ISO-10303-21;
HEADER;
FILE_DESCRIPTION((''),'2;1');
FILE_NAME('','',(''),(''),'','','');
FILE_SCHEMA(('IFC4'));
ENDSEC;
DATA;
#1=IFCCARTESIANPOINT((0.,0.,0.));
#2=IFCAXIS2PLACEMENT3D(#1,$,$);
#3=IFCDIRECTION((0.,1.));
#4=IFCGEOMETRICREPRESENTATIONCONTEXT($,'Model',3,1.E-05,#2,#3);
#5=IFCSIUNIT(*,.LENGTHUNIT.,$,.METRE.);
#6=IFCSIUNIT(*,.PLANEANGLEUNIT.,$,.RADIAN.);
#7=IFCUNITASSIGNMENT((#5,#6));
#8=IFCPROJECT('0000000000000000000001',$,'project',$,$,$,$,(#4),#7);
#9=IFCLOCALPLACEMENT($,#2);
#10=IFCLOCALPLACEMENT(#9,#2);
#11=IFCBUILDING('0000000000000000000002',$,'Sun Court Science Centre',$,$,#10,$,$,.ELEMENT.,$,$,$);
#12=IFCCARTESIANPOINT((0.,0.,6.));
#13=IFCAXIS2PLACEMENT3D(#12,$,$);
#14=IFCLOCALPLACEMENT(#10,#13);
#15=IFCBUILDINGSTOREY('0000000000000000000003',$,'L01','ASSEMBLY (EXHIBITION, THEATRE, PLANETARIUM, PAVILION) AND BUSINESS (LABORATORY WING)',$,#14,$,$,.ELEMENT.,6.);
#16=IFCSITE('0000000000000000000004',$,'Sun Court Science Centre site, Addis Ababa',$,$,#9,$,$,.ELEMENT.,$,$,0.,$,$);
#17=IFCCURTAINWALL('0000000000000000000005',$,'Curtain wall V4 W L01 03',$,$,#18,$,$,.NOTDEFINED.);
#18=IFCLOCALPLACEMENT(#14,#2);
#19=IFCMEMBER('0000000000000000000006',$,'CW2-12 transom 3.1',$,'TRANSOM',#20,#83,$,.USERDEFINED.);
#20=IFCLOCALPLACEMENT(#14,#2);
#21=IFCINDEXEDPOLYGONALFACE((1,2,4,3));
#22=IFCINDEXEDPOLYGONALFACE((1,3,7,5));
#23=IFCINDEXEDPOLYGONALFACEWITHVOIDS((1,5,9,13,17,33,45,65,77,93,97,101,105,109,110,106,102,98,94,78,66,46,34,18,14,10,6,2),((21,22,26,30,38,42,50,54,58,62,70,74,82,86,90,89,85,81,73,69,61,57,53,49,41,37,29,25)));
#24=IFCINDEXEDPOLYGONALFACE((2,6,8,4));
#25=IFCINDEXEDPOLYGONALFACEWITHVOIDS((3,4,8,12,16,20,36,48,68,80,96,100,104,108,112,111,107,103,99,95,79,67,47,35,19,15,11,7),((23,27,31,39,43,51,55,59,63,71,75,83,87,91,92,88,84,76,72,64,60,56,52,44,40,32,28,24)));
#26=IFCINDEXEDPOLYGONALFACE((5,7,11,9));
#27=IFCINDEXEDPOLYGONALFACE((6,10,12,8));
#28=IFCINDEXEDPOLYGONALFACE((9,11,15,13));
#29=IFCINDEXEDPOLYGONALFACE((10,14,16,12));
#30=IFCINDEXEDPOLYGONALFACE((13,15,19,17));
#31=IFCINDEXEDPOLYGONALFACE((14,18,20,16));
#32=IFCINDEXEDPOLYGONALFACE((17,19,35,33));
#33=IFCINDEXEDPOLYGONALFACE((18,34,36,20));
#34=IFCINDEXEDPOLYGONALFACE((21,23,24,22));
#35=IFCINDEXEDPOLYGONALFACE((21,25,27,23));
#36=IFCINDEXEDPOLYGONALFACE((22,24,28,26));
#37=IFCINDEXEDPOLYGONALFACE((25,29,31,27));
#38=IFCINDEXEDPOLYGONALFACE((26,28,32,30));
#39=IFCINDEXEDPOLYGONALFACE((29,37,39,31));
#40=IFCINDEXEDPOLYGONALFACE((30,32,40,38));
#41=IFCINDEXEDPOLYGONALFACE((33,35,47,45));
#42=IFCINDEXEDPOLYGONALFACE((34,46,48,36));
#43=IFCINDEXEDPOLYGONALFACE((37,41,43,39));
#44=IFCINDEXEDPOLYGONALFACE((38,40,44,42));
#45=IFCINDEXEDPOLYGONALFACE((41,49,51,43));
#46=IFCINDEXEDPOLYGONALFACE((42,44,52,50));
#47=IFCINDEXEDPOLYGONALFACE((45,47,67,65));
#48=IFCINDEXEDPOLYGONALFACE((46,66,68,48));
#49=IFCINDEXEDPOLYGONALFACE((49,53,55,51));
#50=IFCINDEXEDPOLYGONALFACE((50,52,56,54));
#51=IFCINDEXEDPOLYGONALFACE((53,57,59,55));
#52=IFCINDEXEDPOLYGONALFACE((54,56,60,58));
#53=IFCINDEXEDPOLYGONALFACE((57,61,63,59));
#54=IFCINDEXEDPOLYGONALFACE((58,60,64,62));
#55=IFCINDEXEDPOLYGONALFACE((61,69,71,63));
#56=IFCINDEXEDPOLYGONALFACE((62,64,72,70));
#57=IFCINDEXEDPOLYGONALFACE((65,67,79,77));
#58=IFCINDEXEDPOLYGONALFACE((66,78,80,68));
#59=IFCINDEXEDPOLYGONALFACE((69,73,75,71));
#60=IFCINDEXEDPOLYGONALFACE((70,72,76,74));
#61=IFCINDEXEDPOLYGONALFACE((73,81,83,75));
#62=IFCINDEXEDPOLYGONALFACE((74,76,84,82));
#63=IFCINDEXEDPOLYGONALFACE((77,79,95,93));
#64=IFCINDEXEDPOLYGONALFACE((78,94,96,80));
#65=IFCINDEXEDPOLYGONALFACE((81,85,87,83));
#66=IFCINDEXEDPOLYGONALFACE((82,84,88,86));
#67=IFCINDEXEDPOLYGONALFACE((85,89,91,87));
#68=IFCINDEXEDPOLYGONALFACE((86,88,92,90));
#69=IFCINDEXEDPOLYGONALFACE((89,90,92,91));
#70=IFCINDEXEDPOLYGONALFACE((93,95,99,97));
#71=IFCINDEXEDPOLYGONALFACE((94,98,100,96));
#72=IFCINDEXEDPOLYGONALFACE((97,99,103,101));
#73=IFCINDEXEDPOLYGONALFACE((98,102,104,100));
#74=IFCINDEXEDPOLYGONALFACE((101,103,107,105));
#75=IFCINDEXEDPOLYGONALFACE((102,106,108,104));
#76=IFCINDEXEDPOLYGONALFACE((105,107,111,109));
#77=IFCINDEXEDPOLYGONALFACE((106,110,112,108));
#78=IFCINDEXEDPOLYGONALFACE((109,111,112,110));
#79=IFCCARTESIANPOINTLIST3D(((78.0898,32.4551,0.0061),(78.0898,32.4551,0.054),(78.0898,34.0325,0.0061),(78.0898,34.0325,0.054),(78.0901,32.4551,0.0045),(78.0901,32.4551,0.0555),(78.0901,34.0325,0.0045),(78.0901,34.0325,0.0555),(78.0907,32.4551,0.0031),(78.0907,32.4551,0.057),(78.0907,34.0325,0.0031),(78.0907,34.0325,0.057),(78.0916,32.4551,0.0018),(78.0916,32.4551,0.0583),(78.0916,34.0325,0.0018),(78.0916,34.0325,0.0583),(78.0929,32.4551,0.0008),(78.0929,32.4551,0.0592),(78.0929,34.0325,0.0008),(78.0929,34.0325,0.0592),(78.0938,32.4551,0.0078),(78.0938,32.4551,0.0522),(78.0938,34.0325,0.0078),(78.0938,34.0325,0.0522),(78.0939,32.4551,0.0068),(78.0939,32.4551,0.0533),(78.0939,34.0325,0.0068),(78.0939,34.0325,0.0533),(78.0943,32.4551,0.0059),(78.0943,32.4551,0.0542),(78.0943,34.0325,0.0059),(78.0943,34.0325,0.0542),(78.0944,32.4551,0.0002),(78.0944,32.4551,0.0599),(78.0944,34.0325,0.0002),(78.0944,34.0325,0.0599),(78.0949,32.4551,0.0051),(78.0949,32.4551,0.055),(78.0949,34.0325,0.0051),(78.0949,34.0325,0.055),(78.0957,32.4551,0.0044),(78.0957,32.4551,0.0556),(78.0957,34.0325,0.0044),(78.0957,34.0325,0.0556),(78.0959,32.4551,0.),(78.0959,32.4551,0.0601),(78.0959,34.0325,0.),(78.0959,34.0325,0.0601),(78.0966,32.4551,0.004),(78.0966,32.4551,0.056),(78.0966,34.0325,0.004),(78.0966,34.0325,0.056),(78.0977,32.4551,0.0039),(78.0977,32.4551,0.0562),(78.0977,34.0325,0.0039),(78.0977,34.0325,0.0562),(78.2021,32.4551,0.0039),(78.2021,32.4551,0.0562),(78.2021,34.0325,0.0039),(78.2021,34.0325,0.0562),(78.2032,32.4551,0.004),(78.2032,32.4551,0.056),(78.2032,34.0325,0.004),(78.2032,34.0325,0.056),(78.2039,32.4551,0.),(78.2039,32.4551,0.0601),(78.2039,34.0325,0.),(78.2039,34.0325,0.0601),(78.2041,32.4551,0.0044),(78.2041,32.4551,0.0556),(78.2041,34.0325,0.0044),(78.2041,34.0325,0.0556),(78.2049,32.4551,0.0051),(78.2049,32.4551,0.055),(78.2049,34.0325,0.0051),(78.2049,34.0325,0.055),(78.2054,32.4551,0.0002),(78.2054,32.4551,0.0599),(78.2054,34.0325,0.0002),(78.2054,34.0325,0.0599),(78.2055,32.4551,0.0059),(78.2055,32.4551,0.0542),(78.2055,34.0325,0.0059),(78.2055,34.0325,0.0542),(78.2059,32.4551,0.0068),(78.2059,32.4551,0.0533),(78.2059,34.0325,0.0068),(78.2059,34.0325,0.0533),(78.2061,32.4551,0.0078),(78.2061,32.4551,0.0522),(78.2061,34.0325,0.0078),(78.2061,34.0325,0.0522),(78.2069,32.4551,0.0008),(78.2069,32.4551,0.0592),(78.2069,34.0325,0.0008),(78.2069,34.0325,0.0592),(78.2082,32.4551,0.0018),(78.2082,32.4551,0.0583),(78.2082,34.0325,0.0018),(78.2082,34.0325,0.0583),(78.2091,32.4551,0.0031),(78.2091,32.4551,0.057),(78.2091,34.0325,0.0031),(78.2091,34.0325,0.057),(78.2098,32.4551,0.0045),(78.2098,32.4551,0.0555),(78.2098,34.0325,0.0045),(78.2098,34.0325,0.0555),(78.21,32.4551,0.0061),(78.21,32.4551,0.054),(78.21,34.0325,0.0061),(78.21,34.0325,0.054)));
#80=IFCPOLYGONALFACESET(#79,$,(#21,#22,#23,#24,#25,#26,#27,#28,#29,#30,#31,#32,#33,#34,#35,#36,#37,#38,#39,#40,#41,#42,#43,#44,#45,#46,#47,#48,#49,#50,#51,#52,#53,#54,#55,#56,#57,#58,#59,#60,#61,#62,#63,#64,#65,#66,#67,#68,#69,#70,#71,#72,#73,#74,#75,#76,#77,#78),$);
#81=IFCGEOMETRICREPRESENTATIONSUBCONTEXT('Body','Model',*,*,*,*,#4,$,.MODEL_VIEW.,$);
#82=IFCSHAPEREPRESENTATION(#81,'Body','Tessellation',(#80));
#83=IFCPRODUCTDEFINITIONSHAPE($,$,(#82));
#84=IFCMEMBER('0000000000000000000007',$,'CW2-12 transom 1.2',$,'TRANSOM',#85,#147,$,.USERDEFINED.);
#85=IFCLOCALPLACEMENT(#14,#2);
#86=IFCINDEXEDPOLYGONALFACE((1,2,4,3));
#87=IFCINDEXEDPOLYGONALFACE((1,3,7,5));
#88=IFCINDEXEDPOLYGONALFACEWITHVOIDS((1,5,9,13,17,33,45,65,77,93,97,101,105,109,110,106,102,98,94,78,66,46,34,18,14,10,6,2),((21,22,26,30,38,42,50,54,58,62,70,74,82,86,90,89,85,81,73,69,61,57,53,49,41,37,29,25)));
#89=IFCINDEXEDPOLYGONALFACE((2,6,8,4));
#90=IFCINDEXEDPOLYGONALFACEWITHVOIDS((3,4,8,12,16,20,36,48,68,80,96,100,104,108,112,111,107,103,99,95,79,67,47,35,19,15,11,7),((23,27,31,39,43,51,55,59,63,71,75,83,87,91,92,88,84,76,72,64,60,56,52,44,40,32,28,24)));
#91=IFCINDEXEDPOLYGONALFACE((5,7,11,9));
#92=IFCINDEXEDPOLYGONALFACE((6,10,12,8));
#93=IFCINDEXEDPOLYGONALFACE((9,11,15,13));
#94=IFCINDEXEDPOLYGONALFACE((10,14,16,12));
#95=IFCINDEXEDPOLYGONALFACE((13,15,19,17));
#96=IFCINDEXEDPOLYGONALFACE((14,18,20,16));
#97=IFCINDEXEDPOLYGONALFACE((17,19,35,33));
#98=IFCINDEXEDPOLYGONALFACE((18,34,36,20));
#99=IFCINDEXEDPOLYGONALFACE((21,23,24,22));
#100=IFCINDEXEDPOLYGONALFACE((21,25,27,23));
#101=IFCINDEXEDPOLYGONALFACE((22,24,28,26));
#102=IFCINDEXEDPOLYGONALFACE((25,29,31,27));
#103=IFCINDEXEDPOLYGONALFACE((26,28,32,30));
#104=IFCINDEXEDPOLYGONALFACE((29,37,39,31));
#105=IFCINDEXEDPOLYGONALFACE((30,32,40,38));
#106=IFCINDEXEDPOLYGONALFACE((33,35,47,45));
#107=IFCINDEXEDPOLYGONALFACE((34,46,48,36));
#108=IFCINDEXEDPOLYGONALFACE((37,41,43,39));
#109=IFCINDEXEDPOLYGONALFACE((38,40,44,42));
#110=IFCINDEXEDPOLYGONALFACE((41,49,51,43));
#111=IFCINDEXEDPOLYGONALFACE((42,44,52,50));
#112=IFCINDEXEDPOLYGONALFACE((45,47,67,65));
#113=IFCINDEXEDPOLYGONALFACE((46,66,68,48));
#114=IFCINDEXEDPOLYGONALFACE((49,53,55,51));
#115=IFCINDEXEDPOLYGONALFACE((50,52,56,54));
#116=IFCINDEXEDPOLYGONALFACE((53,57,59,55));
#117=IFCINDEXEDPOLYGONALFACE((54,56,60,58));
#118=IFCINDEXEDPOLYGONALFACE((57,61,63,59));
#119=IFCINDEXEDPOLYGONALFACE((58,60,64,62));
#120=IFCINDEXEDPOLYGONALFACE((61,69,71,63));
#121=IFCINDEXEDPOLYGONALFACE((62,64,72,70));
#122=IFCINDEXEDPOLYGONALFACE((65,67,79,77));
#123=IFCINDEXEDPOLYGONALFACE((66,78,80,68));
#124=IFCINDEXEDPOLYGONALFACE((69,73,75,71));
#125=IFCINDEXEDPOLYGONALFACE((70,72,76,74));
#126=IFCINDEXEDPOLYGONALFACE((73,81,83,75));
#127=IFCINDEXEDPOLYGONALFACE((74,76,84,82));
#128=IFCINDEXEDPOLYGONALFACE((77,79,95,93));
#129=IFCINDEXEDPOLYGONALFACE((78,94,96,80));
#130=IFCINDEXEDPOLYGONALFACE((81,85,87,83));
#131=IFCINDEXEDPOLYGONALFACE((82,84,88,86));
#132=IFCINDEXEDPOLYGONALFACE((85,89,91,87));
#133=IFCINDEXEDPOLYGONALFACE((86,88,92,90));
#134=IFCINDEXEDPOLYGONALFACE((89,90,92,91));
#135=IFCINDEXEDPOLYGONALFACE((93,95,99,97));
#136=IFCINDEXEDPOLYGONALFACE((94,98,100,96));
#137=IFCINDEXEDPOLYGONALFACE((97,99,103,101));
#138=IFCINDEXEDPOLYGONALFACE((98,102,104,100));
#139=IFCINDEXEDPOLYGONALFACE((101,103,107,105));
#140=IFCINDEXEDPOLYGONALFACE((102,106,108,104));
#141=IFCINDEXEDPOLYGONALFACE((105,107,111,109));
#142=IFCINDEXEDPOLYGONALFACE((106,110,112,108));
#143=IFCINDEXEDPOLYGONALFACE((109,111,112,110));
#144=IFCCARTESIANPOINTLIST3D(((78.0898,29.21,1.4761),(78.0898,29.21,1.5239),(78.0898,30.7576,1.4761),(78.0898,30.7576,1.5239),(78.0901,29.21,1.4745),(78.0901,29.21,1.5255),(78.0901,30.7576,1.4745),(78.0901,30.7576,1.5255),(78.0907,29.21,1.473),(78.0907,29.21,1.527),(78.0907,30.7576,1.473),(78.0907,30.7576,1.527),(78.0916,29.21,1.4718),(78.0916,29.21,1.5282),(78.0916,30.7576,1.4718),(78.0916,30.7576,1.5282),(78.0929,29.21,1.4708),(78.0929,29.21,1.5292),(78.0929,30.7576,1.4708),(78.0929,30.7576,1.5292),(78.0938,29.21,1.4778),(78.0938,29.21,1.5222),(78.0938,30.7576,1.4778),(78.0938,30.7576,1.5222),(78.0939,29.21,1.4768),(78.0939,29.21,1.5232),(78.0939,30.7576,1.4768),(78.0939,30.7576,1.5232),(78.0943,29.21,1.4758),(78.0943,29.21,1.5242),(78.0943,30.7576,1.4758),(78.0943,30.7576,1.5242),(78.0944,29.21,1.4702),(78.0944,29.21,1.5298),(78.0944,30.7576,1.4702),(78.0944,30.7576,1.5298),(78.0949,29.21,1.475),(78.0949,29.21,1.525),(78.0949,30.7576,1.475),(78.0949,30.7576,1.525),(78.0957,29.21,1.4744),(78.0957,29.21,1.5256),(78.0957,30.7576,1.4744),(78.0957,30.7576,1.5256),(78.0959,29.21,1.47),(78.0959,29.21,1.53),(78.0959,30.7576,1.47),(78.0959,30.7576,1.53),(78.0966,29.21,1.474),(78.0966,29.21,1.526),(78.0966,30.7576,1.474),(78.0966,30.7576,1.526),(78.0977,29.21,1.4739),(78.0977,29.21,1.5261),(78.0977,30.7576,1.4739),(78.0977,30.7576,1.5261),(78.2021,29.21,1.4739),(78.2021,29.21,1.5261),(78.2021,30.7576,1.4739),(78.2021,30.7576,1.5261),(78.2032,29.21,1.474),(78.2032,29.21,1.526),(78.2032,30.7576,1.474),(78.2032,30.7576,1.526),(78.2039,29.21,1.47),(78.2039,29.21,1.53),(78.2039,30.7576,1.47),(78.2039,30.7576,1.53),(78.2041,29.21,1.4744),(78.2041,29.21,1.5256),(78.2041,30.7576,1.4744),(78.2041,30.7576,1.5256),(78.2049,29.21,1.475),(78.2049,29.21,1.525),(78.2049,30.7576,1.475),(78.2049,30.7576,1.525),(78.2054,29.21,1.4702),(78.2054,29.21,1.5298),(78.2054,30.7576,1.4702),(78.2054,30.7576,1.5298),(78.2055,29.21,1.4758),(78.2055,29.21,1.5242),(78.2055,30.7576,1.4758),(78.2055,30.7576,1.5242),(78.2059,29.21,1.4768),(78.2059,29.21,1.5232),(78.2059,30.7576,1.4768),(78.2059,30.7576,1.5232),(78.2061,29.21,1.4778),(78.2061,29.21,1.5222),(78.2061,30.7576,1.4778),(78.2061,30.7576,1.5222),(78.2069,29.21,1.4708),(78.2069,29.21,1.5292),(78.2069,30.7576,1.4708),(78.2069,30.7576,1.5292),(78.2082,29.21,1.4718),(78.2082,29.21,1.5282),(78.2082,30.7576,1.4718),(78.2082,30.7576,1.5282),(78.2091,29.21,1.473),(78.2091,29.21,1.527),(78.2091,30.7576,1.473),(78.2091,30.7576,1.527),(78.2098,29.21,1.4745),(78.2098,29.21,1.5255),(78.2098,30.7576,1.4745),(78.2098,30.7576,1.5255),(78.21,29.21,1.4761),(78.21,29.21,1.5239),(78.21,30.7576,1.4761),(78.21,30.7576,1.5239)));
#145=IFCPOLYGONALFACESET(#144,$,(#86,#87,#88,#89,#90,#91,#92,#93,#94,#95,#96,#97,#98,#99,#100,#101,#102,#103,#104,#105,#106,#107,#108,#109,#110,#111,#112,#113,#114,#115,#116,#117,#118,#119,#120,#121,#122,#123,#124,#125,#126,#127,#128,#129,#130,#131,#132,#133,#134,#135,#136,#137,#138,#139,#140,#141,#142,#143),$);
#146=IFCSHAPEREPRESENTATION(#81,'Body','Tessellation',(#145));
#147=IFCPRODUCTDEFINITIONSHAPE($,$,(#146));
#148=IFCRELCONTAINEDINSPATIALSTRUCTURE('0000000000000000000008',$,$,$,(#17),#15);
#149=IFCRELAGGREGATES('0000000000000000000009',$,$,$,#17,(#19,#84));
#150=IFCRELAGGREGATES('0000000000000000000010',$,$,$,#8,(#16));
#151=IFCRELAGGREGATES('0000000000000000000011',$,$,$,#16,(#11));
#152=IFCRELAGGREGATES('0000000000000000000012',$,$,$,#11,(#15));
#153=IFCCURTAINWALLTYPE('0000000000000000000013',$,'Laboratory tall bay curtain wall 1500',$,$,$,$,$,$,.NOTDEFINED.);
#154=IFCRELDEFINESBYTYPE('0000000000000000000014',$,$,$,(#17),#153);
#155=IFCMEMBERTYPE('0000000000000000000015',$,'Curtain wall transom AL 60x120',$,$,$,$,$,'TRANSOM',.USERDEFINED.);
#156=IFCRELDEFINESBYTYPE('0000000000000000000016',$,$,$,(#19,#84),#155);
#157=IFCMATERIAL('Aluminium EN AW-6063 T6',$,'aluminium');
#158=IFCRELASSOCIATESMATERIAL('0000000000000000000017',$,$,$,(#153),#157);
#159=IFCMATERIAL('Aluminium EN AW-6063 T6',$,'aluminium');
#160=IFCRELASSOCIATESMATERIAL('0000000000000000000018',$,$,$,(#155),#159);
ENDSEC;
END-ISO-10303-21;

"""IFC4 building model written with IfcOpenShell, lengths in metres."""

from ifc_helpers import new_model, si_unit, direction, frame, origin, origin_2d, place, context, subcontext, project, spatial, hollow_rectangle, extrude, material, material_profile, profile_set, type_object, element, aggregate, save


model = new_model("IFC4")

# Units and contexts
model_context = context("Model", 3, precision=1e-05, world=origin(), true_north=direction((0.0, 1.0)))
body_context = subcontext(model_context, "Body", "Model", "MODEL_VIEW")
ifc_project = project(units=[si_unit("LENGTHUNIT", "METRE"), si_unit("PLANEANGLEUNIT", "RADIAN")], contexts=[model_context])

# Site, building, storey
site_placement = place(None, origin())
site = spatial("IfcSite", under=ifc_project, at=site_placement, Name="Sun Court Science Centre site, Addis Ababa", CompositionType="ELEMENT", RefElevation=0.0)
building_placement = place(site_placement, origin())
building = spatial("IfcBuilding", under=site, at=building_placement, Name="Sun Court Science Centre", CompositionType="ELEMENT")
storey_placement = place(building_placement, frame((0.0, 0.0, 6.0)))
storey = spatial("IfcBuildingStorey", under=building, at=storey_placement, Name="L01", Description="ASSEMBLY (EXHIBITION, THEATRE, PLANETARIUM, PAVILION) AND BUSINESS (LABORATORY WING)", CompositionType="ELEMENT", Elevation=6.0)

# Curtain wall
ifc_material_1 = material(Name="Aluminium EN AW-6063 T6", Category="aluminium")
curtain_wall_type = type_object("IfcCurtainWallType", Name="Laboratory tall bay curtain wall 1500", PredefinedType="NOTDEFINED", material=ifc_material_1)
curtain_wall_1_placement = place(storey_placement, origin())
curtain_wall_1 = element("IfcCurtainWall", 1, at=curtain_wall_1_placement, inside=storey, type_object=curtain_wall_type, Name="Curtain wall V4 W L01 03", PredefinedType="NOTDEFINED")

# Members
ifc_material_2 = material(Name="Aluminium EN AW-6063 T6", Category="aluminium")
ifc_material_profile_1 = material_profile(ifc_material_2, hollow_rectangle(XDim=0.0601, YDim=0.1201, WallThickness=0.0039, InnerFilletRadius=0.0039, OuterFilletRadius=0.0061, at=origin_2d()), Name="AL 60x120x4")
ifc_profile_set_1 = profile_set([ifc_material_profile_1], Name="Aluminium EN AW-6063 T6")
member_type_1 = type_object("IfcMemberType", Name="Curtain wall transom AL 60x120", ElementType="TRANSOM", PredefinedType="USERDEFINED", material=ifc_profile_set_1)
member_1_placement = place(storey_placement, frame((78.1499, 32.4551, 0.03), z_axis=(0.0, 1.0, 0.0), x_axis=(0.0, 0.0, 1.0)))
member_1 = element("IfcMember", 2, at=member_1_placement, type_object=member_type_1, Name="CW2-12 transom 3.1", ObjectType="TRANSOM", PredefinedType="USERDEFINED", context=body_context, shape_type="SweptSolid", body=[
    extrude(hollow_rectangle(XDim=0.0601, YDim=0.1201, WallThickness=0.0039, InnerFilletRadius=0.0039, OuterFilletRadius=0.0061, at=origin_2d()), origin(), (0.0, 0.0, 1.0), 1.5774),
])
member_2_placement = place(storey_placement, frame((78.1499, 29.21, 1.5), z_axis=(0.0, 1.0, 0.0), x_axis=(0.0, 0.0, 1.0)))
member_2 = element("IfcMember", 3, at=member_2_placement, type_object=member_type_1, Name="CW2-12 transom 1.2", ObjectType="TRANSOM", PredefinedType="USERDEFINED", context=body_context, shape_type="SweptSolid", body=[
    extrude(hollow_rectangle(XDim=0.0601, YDim=0.1201, WallThickness=0.0039, InnerFilletRadius=0.0039, OuterFilletRadius=0.0061, at=origin_2d()), origin(), (0.0, 0.0, 1.0), 1.5476),
])

aggregate(curtain_wall_1, [member_1, member_2])

save(model, "model.ifc")
